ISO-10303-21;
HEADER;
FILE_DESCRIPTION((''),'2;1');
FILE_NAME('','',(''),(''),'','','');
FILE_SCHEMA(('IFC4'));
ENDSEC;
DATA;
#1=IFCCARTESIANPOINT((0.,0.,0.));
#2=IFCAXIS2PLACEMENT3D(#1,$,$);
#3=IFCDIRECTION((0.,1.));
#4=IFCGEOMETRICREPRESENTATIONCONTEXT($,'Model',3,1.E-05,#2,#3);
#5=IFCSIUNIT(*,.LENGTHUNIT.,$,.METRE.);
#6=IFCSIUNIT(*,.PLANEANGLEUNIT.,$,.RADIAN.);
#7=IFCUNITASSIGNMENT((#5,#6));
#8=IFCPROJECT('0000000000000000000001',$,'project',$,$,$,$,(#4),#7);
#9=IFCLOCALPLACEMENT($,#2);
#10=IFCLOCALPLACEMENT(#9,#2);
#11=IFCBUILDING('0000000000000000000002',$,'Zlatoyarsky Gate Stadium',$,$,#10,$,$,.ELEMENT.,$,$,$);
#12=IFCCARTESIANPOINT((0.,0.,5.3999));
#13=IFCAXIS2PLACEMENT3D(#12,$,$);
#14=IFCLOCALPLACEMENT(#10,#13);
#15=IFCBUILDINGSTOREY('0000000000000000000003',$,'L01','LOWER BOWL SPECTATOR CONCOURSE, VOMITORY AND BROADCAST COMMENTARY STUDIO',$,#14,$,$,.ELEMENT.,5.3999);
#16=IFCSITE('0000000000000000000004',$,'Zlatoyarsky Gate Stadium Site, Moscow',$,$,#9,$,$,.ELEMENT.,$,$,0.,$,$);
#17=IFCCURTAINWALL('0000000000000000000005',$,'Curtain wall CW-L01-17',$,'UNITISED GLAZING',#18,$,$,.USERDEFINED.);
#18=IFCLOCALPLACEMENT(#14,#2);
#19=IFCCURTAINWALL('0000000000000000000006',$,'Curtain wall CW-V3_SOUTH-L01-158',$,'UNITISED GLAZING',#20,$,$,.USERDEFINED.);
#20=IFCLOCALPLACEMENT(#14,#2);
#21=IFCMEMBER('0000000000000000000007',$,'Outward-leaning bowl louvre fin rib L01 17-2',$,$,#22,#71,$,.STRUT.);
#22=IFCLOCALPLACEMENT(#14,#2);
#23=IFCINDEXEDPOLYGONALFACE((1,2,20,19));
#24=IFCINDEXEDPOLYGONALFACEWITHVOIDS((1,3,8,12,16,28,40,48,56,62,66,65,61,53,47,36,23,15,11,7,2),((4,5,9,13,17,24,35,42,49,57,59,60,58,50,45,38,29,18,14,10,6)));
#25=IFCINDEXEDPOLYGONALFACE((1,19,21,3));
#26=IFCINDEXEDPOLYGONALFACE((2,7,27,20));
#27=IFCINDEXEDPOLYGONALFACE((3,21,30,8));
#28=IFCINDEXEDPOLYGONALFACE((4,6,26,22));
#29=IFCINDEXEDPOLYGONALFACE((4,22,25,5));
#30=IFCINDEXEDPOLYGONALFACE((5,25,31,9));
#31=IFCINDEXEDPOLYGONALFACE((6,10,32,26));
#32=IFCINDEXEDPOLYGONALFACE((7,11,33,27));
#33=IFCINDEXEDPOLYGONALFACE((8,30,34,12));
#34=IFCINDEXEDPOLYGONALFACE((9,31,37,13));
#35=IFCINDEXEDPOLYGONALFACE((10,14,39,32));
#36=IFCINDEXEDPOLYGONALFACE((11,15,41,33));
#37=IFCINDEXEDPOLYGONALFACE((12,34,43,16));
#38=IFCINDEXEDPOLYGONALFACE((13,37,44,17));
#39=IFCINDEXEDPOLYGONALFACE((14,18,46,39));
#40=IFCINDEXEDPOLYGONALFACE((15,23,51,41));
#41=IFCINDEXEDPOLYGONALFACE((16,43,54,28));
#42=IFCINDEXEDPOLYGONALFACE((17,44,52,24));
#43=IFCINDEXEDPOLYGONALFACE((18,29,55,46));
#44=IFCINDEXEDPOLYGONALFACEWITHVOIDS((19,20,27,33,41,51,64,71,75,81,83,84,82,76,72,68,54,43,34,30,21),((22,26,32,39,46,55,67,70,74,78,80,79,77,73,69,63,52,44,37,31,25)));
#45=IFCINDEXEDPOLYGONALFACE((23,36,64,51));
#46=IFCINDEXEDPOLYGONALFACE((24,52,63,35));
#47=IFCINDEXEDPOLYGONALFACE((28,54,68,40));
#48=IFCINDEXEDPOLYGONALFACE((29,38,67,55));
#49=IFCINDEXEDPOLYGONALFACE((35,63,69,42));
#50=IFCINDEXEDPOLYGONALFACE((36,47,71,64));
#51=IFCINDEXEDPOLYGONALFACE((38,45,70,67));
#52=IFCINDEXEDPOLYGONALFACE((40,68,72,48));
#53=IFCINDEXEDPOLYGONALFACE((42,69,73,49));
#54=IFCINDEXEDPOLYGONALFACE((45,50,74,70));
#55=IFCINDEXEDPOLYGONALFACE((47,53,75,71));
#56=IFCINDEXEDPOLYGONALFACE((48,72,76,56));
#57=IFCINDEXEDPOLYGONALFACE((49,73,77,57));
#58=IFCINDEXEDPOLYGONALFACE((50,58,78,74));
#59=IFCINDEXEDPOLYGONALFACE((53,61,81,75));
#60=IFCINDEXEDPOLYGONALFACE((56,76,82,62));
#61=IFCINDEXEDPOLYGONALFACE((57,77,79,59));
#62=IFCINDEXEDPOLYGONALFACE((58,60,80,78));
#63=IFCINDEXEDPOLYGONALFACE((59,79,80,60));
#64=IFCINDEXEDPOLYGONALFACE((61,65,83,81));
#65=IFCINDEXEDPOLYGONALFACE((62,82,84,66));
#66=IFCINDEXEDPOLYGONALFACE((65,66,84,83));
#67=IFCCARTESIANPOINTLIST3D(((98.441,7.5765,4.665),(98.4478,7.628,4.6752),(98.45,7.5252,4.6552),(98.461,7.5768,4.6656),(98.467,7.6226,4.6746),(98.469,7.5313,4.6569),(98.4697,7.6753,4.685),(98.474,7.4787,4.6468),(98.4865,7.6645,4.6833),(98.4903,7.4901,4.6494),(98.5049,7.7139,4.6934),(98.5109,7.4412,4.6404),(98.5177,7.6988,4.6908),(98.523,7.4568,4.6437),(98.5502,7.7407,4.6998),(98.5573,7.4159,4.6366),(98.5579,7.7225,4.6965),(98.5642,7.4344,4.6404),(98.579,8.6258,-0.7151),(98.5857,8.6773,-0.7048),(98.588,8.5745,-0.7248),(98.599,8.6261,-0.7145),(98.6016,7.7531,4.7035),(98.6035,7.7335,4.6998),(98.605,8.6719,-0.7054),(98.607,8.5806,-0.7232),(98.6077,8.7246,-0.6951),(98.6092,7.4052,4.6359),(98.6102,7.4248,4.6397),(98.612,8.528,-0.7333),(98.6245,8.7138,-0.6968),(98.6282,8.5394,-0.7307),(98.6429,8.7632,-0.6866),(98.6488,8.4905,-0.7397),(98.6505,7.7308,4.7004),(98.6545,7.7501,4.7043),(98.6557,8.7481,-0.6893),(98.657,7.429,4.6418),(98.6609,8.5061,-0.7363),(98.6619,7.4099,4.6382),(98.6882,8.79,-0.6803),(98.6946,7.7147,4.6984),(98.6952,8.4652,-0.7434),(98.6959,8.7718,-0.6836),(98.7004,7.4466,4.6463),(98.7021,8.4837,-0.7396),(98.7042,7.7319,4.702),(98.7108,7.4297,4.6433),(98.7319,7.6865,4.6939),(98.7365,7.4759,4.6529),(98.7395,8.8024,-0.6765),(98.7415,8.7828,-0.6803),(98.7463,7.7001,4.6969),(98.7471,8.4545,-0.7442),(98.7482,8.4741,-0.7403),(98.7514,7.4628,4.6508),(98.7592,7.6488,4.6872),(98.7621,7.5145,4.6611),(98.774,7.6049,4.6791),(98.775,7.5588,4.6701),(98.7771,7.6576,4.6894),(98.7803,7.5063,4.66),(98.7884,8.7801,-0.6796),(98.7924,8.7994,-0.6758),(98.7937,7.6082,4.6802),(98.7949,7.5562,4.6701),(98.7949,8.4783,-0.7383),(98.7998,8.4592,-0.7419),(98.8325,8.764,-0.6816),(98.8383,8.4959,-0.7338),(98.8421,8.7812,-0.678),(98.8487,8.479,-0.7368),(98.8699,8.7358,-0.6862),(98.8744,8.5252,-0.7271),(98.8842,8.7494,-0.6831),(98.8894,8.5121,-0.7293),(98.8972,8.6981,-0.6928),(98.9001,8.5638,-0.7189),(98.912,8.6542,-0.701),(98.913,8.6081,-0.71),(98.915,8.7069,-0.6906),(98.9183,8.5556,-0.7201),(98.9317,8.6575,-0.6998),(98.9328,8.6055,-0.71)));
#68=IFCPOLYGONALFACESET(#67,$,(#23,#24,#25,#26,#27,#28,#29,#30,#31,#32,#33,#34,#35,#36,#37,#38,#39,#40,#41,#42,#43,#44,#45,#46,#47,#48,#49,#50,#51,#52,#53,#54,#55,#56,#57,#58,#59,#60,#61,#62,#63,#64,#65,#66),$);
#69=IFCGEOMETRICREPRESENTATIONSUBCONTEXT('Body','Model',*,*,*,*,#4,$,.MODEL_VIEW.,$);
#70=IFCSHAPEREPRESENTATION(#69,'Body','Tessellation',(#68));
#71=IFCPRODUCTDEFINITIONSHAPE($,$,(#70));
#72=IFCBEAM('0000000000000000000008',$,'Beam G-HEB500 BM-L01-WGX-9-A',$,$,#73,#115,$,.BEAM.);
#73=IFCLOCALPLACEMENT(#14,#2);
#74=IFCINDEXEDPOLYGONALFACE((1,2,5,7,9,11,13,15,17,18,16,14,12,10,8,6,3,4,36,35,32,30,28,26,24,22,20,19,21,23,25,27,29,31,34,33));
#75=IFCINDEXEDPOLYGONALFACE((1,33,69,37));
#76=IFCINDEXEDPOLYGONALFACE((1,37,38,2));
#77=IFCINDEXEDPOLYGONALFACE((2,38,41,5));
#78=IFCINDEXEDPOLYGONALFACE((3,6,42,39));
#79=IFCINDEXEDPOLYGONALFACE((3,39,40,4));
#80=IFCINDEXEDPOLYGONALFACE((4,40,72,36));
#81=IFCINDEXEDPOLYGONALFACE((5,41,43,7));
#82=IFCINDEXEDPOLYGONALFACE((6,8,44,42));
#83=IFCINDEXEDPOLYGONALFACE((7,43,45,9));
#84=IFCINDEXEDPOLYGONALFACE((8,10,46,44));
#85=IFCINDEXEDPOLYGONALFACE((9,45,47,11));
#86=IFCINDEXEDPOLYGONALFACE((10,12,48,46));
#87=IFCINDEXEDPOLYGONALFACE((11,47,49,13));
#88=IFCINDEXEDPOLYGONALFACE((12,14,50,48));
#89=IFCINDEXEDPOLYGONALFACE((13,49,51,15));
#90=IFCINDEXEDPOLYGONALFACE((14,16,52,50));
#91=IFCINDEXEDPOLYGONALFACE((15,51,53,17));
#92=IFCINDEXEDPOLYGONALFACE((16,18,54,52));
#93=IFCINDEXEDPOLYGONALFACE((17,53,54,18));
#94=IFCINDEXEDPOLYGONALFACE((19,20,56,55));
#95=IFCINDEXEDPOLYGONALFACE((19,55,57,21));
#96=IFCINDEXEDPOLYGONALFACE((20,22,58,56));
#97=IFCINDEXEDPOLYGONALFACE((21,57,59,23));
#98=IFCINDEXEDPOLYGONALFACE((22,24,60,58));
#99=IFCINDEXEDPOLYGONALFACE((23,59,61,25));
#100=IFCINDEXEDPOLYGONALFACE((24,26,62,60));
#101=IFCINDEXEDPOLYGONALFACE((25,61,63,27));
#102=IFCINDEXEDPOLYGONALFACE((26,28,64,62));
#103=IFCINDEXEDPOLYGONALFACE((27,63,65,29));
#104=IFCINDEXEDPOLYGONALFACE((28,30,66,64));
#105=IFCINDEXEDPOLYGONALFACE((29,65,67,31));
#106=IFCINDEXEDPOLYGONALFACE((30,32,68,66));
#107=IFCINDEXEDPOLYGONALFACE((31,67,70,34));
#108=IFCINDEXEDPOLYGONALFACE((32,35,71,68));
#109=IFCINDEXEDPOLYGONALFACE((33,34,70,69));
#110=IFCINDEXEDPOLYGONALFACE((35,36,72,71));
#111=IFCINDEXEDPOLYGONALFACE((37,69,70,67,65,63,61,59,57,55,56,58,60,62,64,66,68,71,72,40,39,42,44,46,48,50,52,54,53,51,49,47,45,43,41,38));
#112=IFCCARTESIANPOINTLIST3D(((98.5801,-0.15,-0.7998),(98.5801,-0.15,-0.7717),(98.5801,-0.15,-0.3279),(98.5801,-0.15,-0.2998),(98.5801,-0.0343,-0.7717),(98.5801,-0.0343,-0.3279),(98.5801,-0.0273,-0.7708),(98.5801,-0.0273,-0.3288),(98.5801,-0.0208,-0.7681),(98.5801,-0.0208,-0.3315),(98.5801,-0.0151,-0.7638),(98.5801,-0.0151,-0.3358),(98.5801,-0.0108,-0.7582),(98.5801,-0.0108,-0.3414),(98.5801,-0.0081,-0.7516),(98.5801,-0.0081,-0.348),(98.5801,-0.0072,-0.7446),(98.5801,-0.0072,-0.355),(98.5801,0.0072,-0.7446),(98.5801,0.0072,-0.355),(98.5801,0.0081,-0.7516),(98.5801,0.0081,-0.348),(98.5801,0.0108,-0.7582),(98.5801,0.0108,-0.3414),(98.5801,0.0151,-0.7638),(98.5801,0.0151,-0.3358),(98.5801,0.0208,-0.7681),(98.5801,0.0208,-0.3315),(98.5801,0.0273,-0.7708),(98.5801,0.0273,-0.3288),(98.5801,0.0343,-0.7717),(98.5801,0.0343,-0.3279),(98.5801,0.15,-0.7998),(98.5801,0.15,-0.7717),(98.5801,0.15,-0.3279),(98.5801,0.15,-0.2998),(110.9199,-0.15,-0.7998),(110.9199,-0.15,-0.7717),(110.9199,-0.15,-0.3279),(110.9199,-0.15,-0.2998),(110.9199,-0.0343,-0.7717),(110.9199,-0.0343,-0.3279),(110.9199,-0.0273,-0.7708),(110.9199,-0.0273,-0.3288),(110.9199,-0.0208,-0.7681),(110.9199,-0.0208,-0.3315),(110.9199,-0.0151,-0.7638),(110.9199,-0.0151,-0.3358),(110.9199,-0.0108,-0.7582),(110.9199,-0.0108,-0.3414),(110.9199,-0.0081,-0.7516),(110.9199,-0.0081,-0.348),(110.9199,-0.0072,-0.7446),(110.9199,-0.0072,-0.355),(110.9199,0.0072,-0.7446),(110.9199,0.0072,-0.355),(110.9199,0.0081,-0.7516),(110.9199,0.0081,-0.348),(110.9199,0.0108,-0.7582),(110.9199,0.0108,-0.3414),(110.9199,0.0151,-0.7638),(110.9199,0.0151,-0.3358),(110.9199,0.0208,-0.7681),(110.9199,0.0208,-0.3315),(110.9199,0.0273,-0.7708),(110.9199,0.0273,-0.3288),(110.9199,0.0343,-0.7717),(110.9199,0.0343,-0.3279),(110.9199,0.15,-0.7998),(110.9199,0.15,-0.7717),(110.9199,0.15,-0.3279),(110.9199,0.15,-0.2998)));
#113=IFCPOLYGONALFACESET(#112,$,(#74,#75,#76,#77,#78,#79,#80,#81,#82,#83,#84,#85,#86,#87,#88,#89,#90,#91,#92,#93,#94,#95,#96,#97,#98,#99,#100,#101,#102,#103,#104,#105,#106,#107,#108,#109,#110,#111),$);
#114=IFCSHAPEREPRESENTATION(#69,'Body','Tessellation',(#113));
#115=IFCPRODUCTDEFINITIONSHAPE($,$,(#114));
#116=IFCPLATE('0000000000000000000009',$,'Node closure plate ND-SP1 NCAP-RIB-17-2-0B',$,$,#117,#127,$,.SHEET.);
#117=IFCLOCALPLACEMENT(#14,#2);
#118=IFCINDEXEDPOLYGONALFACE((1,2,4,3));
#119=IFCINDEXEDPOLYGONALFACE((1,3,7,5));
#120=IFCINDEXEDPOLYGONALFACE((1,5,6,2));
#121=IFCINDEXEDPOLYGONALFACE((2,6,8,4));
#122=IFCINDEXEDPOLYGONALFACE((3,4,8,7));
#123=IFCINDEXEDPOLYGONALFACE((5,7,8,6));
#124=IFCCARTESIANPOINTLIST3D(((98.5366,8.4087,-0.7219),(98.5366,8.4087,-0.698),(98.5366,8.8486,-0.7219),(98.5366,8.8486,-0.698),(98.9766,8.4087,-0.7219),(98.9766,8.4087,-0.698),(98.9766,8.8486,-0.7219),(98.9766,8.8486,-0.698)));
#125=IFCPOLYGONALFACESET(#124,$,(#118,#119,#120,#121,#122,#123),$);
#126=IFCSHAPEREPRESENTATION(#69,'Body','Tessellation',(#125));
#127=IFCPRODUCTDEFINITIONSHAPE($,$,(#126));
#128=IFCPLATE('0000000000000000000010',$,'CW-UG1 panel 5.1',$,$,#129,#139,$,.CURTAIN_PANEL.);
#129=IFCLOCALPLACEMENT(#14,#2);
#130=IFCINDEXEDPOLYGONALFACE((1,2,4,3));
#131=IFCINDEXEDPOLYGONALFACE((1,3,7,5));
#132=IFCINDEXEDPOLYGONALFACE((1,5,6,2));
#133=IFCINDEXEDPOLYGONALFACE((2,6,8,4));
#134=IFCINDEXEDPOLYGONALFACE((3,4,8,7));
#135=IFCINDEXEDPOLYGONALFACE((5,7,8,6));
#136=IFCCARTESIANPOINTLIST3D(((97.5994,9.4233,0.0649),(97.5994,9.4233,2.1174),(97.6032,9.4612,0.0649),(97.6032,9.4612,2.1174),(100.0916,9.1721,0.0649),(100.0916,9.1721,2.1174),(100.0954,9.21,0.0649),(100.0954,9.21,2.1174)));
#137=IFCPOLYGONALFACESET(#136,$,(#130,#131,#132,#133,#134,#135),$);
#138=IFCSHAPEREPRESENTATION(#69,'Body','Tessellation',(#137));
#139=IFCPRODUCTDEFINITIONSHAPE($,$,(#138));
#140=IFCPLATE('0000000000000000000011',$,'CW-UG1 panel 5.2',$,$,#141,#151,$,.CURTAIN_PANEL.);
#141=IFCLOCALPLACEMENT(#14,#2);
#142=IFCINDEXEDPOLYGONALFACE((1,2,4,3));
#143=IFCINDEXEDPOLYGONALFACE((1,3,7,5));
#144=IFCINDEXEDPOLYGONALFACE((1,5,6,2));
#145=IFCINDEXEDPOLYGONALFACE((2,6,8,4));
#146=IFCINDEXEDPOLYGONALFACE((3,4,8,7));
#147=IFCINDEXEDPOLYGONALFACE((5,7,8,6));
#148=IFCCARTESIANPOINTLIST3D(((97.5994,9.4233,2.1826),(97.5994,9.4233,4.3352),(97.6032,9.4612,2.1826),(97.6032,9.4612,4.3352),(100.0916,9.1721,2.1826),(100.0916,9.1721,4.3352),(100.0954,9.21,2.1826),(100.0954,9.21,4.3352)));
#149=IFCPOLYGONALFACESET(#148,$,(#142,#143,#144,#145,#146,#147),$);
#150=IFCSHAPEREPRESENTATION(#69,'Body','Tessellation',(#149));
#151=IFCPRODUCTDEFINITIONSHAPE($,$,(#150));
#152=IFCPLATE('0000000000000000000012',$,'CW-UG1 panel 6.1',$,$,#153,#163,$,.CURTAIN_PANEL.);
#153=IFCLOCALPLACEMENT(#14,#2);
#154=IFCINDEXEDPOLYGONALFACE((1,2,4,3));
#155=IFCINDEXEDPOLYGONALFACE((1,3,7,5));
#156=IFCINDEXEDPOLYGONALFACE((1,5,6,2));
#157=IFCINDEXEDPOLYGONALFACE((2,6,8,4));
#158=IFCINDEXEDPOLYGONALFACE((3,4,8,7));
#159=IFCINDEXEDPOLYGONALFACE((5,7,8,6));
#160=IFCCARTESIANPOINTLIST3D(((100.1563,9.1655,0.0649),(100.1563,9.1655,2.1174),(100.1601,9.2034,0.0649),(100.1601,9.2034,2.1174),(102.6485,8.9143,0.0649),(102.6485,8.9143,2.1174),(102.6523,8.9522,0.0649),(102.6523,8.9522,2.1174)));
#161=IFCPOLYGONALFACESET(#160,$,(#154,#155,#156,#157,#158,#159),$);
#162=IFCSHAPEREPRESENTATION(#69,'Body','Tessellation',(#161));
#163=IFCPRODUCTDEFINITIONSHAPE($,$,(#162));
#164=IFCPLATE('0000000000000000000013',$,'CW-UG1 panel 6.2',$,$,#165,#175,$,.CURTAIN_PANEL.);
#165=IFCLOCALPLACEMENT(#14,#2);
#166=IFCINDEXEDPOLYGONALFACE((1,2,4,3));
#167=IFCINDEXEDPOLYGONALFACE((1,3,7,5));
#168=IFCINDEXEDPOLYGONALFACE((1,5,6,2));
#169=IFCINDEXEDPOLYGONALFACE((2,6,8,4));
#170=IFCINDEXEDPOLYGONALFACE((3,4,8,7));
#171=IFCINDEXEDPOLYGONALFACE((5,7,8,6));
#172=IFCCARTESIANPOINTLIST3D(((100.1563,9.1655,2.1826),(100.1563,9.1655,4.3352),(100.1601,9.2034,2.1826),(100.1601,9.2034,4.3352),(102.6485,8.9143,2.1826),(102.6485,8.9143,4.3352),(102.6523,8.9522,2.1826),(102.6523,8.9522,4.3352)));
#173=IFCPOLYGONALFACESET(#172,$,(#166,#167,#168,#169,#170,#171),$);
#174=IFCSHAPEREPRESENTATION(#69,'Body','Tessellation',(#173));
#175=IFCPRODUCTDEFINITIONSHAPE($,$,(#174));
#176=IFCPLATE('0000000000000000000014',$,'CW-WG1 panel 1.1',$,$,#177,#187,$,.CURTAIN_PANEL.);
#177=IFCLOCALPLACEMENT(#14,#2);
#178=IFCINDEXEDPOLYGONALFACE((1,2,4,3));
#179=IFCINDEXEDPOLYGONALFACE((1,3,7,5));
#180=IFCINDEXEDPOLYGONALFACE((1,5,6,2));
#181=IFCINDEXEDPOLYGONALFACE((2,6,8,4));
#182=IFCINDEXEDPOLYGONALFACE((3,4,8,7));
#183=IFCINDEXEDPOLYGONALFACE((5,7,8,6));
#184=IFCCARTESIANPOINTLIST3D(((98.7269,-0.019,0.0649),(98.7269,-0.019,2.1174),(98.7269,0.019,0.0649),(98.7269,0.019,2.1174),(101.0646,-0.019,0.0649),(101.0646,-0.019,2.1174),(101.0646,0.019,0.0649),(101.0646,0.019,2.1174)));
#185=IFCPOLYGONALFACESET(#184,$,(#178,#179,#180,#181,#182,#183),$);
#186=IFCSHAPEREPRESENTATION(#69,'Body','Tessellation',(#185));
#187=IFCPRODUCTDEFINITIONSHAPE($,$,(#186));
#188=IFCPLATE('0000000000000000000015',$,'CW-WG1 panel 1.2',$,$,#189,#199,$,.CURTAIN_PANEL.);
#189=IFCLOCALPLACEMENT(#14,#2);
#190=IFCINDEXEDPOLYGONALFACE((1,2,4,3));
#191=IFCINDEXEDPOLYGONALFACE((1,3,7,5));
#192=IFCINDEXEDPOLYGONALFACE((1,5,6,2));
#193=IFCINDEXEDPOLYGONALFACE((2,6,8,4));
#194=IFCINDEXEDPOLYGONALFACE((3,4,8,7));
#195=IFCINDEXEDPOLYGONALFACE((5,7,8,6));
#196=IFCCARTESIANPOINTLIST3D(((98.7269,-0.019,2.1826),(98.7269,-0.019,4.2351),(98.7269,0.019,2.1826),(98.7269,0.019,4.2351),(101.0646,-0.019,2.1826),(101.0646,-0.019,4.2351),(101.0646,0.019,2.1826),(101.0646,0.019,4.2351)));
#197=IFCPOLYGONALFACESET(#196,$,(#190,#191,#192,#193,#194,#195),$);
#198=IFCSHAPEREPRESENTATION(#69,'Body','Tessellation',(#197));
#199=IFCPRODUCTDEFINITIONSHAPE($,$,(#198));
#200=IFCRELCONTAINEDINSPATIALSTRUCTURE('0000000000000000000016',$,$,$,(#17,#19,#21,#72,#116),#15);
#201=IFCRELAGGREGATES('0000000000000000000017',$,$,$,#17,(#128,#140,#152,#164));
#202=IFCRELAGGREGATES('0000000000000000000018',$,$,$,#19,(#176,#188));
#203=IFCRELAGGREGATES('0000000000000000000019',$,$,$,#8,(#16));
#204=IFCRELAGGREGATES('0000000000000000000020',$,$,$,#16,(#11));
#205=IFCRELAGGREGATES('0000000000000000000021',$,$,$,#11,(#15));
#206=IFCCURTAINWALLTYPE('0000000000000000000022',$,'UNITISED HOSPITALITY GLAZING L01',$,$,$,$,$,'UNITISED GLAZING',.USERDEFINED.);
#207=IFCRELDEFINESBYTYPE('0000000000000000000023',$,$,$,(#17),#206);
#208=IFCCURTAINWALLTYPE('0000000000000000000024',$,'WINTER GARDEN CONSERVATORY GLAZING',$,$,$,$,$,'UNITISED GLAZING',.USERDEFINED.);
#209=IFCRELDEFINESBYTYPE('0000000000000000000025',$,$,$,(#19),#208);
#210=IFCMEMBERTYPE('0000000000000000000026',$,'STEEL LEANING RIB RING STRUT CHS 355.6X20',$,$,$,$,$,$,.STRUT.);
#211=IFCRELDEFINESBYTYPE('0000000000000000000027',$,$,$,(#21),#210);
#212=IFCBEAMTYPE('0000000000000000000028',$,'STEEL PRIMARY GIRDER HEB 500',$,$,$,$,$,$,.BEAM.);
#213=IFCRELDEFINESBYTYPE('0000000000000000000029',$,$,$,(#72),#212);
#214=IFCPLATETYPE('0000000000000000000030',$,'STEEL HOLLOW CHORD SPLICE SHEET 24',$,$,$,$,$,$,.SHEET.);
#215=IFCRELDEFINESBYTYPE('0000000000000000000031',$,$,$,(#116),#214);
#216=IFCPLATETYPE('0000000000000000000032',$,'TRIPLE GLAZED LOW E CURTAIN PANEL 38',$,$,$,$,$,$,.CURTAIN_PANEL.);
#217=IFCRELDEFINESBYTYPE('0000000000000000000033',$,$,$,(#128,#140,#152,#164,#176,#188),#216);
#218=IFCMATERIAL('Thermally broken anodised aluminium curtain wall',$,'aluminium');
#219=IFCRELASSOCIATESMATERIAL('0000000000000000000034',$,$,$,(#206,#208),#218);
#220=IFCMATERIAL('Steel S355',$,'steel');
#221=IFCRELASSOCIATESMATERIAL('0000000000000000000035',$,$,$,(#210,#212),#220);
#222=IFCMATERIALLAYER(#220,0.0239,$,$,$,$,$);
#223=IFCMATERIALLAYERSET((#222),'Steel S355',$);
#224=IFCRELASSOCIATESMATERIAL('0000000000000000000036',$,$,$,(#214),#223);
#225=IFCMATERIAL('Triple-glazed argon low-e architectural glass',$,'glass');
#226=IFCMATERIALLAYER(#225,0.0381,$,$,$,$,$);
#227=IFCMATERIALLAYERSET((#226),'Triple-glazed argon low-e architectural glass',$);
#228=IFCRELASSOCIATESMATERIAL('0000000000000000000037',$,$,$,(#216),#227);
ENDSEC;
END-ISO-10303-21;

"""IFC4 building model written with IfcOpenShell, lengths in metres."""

from ifc_helpers import new_model, si_unit, direction, frame, origin, origin_2d, place, context, subcontext, project, spatial, rectangle, hollow_circle, i_section, extrude, material, layer, layer_set, material_profile, profile_set, type_object, element, aggregate, save


model = new_model("IFC4")

# Units and contexts
model_context = context("Model", 3, precision=1e-05, world=origin(), true_north=direction((0.0, 1.0)))
body_context = subcontext(model_context, "Body", "Model", "MODEL_VIEW")
ifc_project = project(units=[si_unit("LENGTHUNIT", "METRE"), si_unit("PLANEANGLEUNIT", "RADIAN")], contexts=[model_context])

# Site, building, storey
site_placement = place(None, origin())
site = spatial("IfcSite", under=ifc_project, at=site_placement, Name="Zlatoyarsky Gate Stadium Site, Moscow", CompositionType="ELEMENT", RefElevation=0.0)
building_placement = place(site_placement, origin())
building = spatial("IfcBuilding", under=site, at=building_placement, Name="Zlatoyarsky Gate Stadium", CompositionType="ELEMENT")
storey_placement = place(building_placement, frame((0.0, 0.0, 5.3999)))
storey = spatial("IfcBuildingStorey", under=building, at=storey_placement, Name="L01", Description="LOWER BOWL SPECTATOR CONCOURSE, VOMITORY AND BROADCAST COMMENTARY STUDIO", CompositionType="ELEMENT", Elevation=5.3999)

# Curtain wall
ifc_material_1 = material(Name="Thermally broken anodised aluminium curtain wall", Category="aluminium")
curtain_wall_type_1 = type_object("IfcCurtainWallType", Name="UNITISED HOSPITALITY GLAZING L01", ElementType="UNITISED GLAZING", PredefinedType="USERDEFINED", material=ifc_material_1)
curtain_wall_1_placement = place(storey_placement, origin())
curtain_wall_1 = element("IfcCurtainWall", 1, at=curtain_wall_1_placement, inside=storey, type_object=curtain_wall_type_1, Name="Curtain wall CW-L01-17", ObjectType="UNITISED GLAZING", PredefinedType="USERDEFINED")

# Curtain wall
curtain_wall_type_2 = type_object("IfcCurtainWallType", Name="WINTER GARDEN CONSERVATORY GLAZING", ElementType="UNITISED GLAZING", PredefinedType="USERDEFINED", material=ifc_material_1)
curtain_wall_2_placement = place(storey_placement, origin())
curtain_wall_2 = element("IfcCurtainWall", 2, at=curtain_wall_2_placement, inside=storey, type_object=curtain_wall_type_2, Name="Curtain wall CW-V3_SOUTH-L01-158", ObjectType="UNITISED GLAZING", PredefinedType="USERDEFINED")

# Member
ifc_material_2 = material(Name="Steel S355", Category="steel")
ifc_material_profile_1 = material_profile(ifc_material_2, hollow_circle(Radius=0.1777, WallThickness=0.02, at=origin_2d()), Name="CHS 355.6X20")
ifc_profile_set_1 = profile_set([ifc_material_profile_1], Name="Steel S355")
member_type_1 = type_object("IfcMemberType", Name="STEEL LEANING RIB RING STRUT CHS 355.6X20", PredefinedType="STRUT", material=ifc_profile_set_1)
member_1_placement = place(storey_placement, frame((98.7566, 8.6287, -0.71), z_axis=(-0.025157, -0.191368, 0.981196), x_axis=(0.99147, -0.130335, 0.0)))
element("IfcMember", 3, at=member_1_placement, inside=storey, type_object=member_type_1, Name="Outward-leaning bowl louvre fin rib L01 17-2", PredefinedType="STRUT", context=body_context, shape_type="SweptSolid", body=[
    extrude(hollow_circle(Radius=0.1777, WallThickness=0.02, at=origin_2d()), origin(), (0.0, 0.0, 1.0), 5.4832),
])

# Beam
ifc_material_profile_2 = material_profile(ifc_material_2, i_section(OverallWidth=0.3, OverallDepth=0.5, WebThickness=0.0144, FlangeThickness=0.0281, FilletRadius=0.0271, at=origin_2d()), Name="HEB 500")
ifc_profile_set_2 = profile_set([ifc_material_profile_2], Name="Steel S355")
beam_type = type_object("IfcBeamType", Name="STEEL PRIMARY GIRDER HEB 500", PredefinedType="BEAM", material=ifc_profile_set_2)
beam_placement = place(storey_placement, frame((98.5801, 0.0, -0.5498), z_axis=(1.0, 0.0, 0.0), x_axis=(0.0, 1.0, 0.0)))
element("IfcBeam", 4, at=beam_placement, inside=storey, type_object=beam_type, Name="Beam G-HEB500 BM-L01-WGX-9-A", PredefinedType="BEAM", context=body_context, shape_type="SweptSolid", body=[
    extrude(i_section(OverallWidth=0.3, OverallDepth=0.5, WebThickness=0.0144, FlangeThickness=0.0281, FilletRadius=0.0271, at=origin_2d()), origin(), (0.0, 0.0, 1.0), 12.3398),
])

# Plates
ifc_layer_1 = layer(ifc_material_2, 0.0239)
ifc_layer_set_1 = layer_set([ifc_layer_1], Name="Steel S355")
plate_type_1 = type_object("IfcPlateType", Name="STEEL HOLLOW CHORD SPLICE SHEET 24", PredefinedType="SHEET", material=ifc_layer_set_1)
plate_1_placement = place(storey_placement, frame((98.7566, 8.6287, -0.7219), z_axis=(0.0, 0.0, 1.0), x_axis=(1.0, 0.0, 0.0)))
element("IfcPlate", 5, at=plate_1_placement, inside=storey, type_object=plate_type_1, Name="Node closure plate ND-SP1 NCAP-RIB-17-2-0B", PredefinedType="SHEET", context=body_context, shape_type="SweptSolid", body=[
    extrude(rectangle(XDim=0.4399, YDim=0.4399, at=origin_2d()), origin(), (0.0, 0.0, 1.0), 0.0239),
])
ifc_material_3 = material(Name="Triple-glazed argon low-e architectural glass", Category="glass")
ifc_layer_2 = layer(ifc_material_3, 0.0381)
ifc_layer_set_2 = layer_set([ifc_layer_2], Name="Triple-glazed argon low-e architectural glass")
plate_type_2 = type_object("IfcPlateType", Name="TRIPLE GLAZED LOW E CURTAIN PANEL 38", PredefinedType="CURTAIN_PANEL", material=ifc_layer_set_2)
plate_2_placement = place(storey_placement, frame((98.8474, 9.3167, 0.0649), z_axis=(0.0, 0.0, 1.0), x_axis=(0.994957, -0.1003, 0.0)))
plate_2 = element("IfcPlate", 6, at=plate_2_placement, type_object=plate_type_2, Name="CW-UG1 panel 5.1", PredefinedType="CURTAIN_PANEL", context=body_context, shape_type="SweptSolid", body=[
    extrude(rectangle(XDim=2.5049, YDim=0.0381, at=origin_2d()), origin(), (0.0, 0.0, 1.0), 2.0525),
])
plate_3_placement = place(storey_placement, frame((98.8474, 9.3167, 2.1826), z_axis=(0.0, 0.0, 1.0), x_axis=(0.994957, -0.1003, 0.0)))
plate_3 = element("IfcPlate", 7, at=plate_3_placement, type_object=plate_type_2, Name="CW-UG1 panel 5.2", PredefinedType="CURTAIN_PANEL", context=body_context, shape_type="SweptSolid", body=[
    extrude(rectangle(XDim=2.5049, YDim=0.0381, at=origin_2d()), origin(), (0.0, 0.0, 1.0), 2.1526),
])
plate_4_placement = place(storey_placement, frame((101.4043, 9.0588, 0.0649), z_axis=(0.0, 0.0, 1.0), x_axis=(0.994957, -0.1003, 0.0)))
plate_4 = element("IfcPlate", 8, at=plate_4_placement, type_object=plate_type_2, Name="CW-UG1 panel 6.1", PredefinedType="CURTAIN_PANEL", context=body_context, shape_type="SweptSolid", body=[
    extrude(rectangle(XDim=2.5049, YDim=0.0381, at=origin_2d()), origin(), (0.0, 0.0, 1.0), 2.0525),
])
plate_5_placement = place(storey_placement, frame((101.4043, 9.0588, 2.1826), z_axis=(0.0, 0.0, 1.0), x_axis=(0.994957, -0.1003, 0.0)))
plate_5 = element("IfcPlate", 9, at=plate_5_placement, type_object=plate_type_2, Name="CW-UG1 panel 6.2", PredefinedType="CURTAIN_PANEL", context=body_context, shape_type="SweptSolid", body=[
    extrude(rectangle(XDim=2.5049, YDim=0.0381, at=origin_2d()), origin(), (0.0, 0.0, 1.0), 2.1526),
])
aggregate(curtain_wall_1, [plate_2, plate_3, plate_4, plate_5])
plate_6_placement = place(storey_placement, frame((99.8958, 0.0, 0.0649), z_axis=(0.0, 0.0, 1.0), x_axis=(1.0, 0.0, 0.0)))
plate_6 = element("IfcPlate", 10, at=plate_6_placement, type_object=plate_type_2, Name="CW-WG1 panel 1.1", PredefinedType="CURTAIN_PANEL", context=body_context, shape_type="SweptSolid", body=[
    extrude(rectangle(XDim=2.3376, YDim=0.0381, at=origin_2d()), origin(), (0.0, 0.0, 1.0), 2.0525),
])
plate_7_placement = place(storey_placement, frame((99.8958, 0.0, 2.1826), z_axis=(0.0, 0.0, 1.0), x_axis=(1.0, 0.0, 0.0)))
plate_7 = element("IfcPlate", 11, at=plate_7_placement, type_object=plate_type_2, Name="CW-WG1 panel 1.2", PredefinedType="CURTAIN_PANEL", context=body_context, shape_type="SweptSolid", body=[
    extrude(rectangle(XDim=2.3376, YDim=0.0381, at=origin_2d()), origin(), (0.0, 0.0, 1.0), 2.0525),
])
aggregate(curtain_wall_2, [plate_6, plate_7])

save(model, "model.ifc")
